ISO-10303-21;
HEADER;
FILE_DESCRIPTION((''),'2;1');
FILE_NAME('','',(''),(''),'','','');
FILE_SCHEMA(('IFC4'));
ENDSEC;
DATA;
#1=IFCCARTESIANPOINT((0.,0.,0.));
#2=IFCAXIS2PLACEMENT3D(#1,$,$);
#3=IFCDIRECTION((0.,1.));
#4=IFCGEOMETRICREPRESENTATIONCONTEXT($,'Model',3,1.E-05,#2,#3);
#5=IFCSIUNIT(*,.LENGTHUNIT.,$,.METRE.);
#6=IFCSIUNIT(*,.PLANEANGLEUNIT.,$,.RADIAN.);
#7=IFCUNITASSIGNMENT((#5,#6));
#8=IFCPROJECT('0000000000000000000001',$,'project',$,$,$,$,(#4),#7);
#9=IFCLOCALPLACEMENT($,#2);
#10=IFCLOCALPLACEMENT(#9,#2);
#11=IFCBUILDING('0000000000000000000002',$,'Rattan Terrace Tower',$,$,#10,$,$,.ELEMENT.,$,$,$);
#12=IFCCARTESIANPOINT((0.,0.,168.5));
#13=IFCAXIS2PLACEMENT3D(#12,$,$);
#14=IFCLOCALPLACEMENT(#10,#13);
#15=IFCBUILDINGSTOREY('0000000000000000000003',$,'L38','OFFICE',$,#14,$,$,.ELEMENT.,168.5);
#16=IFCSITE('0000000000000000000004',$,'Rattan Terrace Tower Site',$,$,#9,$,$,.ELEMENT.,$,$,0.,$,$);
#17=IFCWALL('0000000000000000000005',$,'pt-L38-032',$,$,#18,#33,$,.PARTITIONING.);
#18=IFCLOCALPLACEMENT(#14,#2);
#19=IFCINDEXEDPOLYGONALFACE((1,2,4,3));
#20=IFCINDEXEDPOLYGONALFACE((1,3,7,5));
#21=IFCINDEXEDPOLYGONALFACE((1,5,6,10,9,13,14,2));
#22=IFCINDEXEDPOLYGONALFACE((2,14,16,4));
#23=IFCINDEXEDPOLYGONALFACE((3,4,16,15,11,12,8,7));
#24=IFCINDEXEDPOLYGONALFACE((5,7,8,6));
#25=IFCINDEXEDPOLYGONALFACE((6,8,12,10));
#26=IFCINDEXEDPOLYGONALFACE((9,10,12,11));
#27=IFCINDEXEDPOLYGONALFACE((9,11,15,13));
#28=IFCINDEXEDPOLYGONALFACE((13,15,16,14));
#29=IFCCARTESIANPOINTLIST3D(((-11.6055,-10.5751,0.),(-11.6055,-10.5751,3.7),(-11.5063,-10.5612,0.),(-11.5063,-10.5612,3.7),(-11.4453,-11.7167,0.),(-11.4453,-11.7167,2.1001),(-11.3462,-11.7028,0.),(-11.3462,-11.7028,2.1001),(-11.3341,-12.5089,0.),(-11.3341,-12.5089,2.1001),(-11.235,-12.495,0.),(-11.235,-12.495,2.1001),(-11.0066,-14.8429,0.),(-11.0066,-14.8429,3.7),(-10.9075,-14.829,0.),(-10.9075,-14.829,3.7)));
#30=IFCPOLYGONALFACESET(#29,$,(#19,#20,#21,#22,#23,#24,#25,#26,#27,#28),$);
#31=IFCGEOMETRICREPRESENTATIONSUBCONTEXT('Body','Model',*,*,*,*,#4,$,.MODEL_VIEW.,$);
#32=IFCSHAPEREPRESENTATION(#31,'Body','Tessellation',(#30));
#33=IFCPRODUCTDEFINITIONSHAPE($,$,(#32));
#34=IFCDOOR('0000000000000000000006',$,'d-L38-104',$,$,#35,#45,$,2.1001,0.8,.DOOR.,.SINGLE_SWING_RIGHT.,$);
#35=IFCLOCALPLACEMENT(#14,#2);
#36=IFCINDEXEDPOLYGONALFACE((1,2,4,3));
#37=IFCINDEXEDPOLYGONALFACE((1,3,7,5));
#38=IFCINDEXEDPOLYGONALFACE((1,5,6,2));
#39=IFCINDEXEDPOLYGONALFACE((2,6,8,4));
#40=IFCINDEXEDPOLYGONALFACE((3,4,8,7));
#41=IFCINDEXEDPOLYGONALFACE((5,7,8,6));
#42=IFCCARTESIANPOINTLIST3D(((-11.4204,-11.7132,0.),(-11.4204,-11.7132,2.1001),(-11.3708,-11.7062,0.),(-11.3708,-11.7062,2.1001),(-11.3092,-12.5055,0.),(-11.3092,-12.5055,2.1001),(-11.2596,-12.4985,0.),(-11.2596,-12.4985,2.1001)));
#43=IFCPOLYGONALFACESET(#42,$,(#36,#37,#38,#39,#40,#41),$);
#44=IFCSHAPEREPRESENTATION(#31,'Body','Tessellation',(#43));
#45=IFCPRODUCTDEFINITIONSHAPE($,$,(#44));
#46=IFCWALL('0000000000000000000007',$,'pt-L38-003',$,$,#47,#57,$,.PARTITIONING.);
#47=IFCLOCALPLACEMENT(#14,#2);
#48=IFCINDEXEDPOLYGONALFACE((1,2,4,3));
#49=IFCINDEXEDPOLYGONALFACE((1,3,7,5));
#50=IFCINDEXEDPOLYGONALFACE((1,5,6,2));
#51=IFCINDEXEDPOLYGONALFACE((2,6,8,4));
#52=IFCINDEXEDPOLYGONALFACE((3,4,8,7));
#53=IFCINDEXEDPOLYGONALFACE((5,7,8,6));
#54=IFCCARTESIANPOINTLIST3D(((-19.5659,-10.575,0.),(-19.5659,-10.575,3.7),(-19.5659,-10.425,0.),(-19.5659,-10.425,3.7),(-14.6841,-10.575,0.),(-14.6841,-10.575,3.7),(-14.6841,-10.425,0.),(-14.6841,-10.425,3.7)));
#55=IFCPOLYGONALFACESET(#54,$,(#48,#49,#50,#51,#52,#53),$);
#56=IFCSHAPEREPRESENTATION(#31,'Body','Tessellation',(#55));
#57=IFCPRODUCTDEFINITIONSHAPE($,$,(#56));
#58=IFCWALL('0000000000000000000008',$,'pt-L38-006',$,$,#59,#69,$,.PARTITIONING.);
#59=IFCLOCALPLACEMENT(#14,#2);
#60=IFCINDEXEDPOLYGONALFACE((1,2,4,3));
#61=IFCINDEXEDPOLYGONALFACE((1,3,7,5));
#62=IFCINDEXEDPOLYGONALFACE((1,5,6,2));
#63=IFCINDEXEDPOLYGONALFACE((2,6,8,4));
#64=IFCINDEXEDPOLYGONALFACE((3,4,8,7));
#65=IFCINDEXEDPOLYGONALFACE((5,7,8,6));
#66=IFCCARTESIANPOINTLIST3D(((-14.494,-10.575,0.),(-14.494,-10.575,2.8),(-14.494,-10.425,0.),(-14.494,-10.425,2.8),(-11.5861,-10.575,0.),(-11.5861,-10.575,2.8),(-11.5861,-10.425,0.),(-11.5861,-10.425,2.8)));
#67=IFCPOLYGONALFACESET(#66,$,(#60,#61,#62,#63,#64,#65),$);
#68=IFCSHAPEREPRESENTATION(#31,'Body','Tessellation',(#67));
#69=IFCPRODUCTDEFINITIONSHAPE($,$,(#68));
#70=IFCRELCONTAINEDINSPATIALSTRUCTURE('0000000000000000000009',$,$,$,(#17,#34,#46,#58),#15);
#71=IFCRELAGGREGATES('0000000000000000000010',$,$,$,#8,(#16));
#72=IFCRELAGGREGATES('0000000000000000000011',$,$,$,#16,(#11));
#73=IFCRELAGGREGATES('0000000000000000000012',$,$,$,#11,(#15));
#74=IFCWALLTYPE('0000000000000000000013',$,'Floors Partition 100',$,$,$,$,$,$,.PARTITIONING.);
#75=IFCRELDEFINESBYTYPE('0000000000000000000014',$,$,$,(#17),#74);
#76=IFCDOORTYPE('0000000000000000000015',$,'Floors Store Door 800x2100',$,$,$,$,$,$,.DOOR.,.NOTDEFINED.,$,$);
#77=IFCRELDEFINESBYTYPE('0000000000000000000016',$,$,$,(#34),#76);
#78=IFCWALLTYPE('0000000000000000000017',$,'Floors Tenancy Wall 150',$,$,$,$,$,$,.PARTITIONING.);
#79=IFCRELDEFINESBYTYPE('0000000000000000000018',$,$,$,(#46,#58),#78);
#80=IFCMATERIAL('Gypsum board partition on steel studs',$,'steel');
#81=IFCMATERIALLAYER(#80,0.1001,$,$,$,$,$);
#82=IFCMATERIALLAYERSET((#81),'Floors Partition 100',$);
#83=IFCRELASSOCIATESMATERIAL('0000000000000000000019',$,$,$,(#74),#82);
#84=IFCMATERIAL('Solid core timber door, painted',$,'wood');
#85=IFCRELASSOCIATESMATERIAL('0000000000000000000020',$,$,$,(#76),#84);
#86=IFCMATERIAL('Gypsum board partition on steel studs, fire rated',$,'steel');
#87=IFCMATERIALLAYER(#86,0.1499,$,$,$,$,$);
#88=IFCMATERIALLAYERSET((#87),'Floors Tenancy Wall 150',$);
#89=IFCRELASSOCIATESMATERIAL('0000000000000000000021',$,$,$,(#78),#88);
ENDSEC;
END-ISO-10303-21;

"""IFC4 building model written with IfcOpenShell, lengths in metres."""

from ifc_helpers import new_model, si_unit, direction, frame, frame_2d, origin, place, context, subcontext, project, spatial, rectangle, extrude, material, layer, layer_set, type_object, element, fill, save


model = new_model("IFC4")

# Units and contexts
model_context = context("Model", 3, precision=1e-05, world=origin(), true_north=direction((0.0, 1.0)))
body_context = subcontext(model_context, "Body", "Model", "MODEL_VIEW")
ifc_project = project(units=[si_unit("LENGTHUNIT", "METRE"), si_unit("PLANEANGLEUNIT", "RADIAN")], contexts=[model_context])

# Site, building, storey
site_placement = place(None, origin())
site = spatial("IfcSite", under=ifc_project, at=site_placement, Name="Rattan Terrace Tower Site", CompositionType="ELEMENT", RefElevation=0.0)
building_placement = place(site_placement, origin())
building = spatial("IfcBuilding", under=site, at=building_placement, Name="Rattan Terrace Tower", CompositionType="ELEMENT")
storey_placement = place(building_placement, frame((0.0, 0.0, 168.5)))
storey = spatial("IfcBuildingStorey", under=building, at=storey_placement, Name="L38", Description="OFFICE", CompositionType="ELEMENT", Elevation=168.5)

# Wall, opening, door
ifc_material_1 = material(Name="Gypsum board partition on steel studs", Category="steel")
ifc_layer_1 = layer(ifc_material_1, 0.1001)
ifc_layer_set_1 = layer_set([ifc_layer_1], Name="Floors Partition 100")
wall_type_1 = type_object("IfcWallType", Name="Floors Partition 100", PredefinedType="PARTITIONING", material=ifc_layer_set_1)
wall_1_placement = place(storey_placement, frame((-10.957, -14.8359, 0.0), z_axis=(0.0, 0.0, 1.0), x_axis=(-0.138962, 0.990298, 0.0)))
wall_1 = element("IfcWall", 1, at=wall_1_placement, inside=storey, type_object=wall_type_1, Name="pt-L38-032", PredefinedType="PARTITIONING", context=body_context, shape_type="SweptSolid", body=[
    extrude(rectangle(XDim=4.3096, YDim=0.1001, at=frame_2d((2.1548, 0.0))), origin(), (0.0, 0.0, 1.0), 3.7),
])
opening_1_placement = place(wall_1_placement, frame((2.3569, 0.0, 0.0)))
opening_1 = element("IfcOpeningElement", 2, at=opening_1_placement, cuts=wall_1, PredefinedType="OPENING", context=body_context, shape_type="SweptSolid", body=[
    extrude(rectangle(XDim=0.8, YDim=2.1001, at=frame_2d((0.3999, 1.05))), frame((0.0, 0.0605, 0.0), z_axis=(0.0, -1.0, 0.0), x_axis=(1.0, 0.0, 0.0)), (0.0, 0.0, 1.0), 0.1211),
])
ifc_material_2 = material(Name="Solid core timber door, painted", Category="wood")
door_type_1 = type_object("IfcDoorType", Name="Floors Store Door 800x2100", OperationType="NOTDEFINED", PredefinedType="DOOR", material=ifc_material_2)
door_1_placement = place(opening_1_placement, origin())
door_1 = element("IfcDoor", 3, at=door_1_placement, inside=storey, type_object=door_type_1, Name="d-L38-104", OperationType="SINGLE_SWING_RIGHT", OverallHeight=2.1001, OverallWidth=0.8, PredefinedType="DOOR", context=body_context, shape_type="SweptSolid", body=[
    extrude(rectangle(XDim=0.8, YDim=2.1001, at=frame_2d((0.3999, 1.05))), frame((0.0, 0.0249, 0.0), z_axis=(0.0, -1.0, 0.0), x_axis=(1.0, 0.0, 0.0)), (0.0, 0.0, 1.0), 0.05),
])
fill(opening_1, door_1)

# Walls
ifc_material_3 = material(Name="Gypsum board partition on steel studs, fire rated", Category="steel")
ifc_layer_2 = layer(ifc_material_3, 0.1499)
ifc_layer_set_2 = layer_set([ifc_layer_2], Name="Floors Tenancy Wall 150")
wall_type_2 = type_object("IfcWallType", Name="Floors Tenancy Wall 150", PredefinedType="PARTITIONING", material=ifc_layer_set_2)
wall_2_placement = place(storey_placement, frame((-14.6841, -10.5, 0.0), z_axis=(0.0, 0.0, 1.0), x_axis=(-1.0, 0.0, 0.0)))
element("IfcWall", 4, at=wall_2_placement, inside=storey, type_object=wall_type_2, Name="pt-L38-003", PredefinedType="PARTITIONING", context=body_context, shape_type="SweptSolid", body=[
    extrude(rectangle(XDim=4.8818, YDim=0.1499, at=frame_2d((2.4409, 0.0))), origin(), (0.0, 0.0, 1.0), 3.7),
])
wall_3_placement = place(storey_placement, frame((-11.5859, -10.5, 0.0), z_axis=(0.0, 0.0, 1.0), x_axis=(-1.0, 0.0, 0.0)))
element("IfcWall", 5, at=wall_3_placement, inside=storey, type_object=wall_type_2, Name="pt-L38-006", PredefinedType="PARTITIONING", context=body_context, shape_type="SweptSolid", body=[
    extrude(rectangle(XDim=2.908, YDim=0.1499, at=frame_2d((1.4541, 0.0))), origin(), (0.0, 0.0, 1.0), 2.8),
])

save(model, "model.ifc")
